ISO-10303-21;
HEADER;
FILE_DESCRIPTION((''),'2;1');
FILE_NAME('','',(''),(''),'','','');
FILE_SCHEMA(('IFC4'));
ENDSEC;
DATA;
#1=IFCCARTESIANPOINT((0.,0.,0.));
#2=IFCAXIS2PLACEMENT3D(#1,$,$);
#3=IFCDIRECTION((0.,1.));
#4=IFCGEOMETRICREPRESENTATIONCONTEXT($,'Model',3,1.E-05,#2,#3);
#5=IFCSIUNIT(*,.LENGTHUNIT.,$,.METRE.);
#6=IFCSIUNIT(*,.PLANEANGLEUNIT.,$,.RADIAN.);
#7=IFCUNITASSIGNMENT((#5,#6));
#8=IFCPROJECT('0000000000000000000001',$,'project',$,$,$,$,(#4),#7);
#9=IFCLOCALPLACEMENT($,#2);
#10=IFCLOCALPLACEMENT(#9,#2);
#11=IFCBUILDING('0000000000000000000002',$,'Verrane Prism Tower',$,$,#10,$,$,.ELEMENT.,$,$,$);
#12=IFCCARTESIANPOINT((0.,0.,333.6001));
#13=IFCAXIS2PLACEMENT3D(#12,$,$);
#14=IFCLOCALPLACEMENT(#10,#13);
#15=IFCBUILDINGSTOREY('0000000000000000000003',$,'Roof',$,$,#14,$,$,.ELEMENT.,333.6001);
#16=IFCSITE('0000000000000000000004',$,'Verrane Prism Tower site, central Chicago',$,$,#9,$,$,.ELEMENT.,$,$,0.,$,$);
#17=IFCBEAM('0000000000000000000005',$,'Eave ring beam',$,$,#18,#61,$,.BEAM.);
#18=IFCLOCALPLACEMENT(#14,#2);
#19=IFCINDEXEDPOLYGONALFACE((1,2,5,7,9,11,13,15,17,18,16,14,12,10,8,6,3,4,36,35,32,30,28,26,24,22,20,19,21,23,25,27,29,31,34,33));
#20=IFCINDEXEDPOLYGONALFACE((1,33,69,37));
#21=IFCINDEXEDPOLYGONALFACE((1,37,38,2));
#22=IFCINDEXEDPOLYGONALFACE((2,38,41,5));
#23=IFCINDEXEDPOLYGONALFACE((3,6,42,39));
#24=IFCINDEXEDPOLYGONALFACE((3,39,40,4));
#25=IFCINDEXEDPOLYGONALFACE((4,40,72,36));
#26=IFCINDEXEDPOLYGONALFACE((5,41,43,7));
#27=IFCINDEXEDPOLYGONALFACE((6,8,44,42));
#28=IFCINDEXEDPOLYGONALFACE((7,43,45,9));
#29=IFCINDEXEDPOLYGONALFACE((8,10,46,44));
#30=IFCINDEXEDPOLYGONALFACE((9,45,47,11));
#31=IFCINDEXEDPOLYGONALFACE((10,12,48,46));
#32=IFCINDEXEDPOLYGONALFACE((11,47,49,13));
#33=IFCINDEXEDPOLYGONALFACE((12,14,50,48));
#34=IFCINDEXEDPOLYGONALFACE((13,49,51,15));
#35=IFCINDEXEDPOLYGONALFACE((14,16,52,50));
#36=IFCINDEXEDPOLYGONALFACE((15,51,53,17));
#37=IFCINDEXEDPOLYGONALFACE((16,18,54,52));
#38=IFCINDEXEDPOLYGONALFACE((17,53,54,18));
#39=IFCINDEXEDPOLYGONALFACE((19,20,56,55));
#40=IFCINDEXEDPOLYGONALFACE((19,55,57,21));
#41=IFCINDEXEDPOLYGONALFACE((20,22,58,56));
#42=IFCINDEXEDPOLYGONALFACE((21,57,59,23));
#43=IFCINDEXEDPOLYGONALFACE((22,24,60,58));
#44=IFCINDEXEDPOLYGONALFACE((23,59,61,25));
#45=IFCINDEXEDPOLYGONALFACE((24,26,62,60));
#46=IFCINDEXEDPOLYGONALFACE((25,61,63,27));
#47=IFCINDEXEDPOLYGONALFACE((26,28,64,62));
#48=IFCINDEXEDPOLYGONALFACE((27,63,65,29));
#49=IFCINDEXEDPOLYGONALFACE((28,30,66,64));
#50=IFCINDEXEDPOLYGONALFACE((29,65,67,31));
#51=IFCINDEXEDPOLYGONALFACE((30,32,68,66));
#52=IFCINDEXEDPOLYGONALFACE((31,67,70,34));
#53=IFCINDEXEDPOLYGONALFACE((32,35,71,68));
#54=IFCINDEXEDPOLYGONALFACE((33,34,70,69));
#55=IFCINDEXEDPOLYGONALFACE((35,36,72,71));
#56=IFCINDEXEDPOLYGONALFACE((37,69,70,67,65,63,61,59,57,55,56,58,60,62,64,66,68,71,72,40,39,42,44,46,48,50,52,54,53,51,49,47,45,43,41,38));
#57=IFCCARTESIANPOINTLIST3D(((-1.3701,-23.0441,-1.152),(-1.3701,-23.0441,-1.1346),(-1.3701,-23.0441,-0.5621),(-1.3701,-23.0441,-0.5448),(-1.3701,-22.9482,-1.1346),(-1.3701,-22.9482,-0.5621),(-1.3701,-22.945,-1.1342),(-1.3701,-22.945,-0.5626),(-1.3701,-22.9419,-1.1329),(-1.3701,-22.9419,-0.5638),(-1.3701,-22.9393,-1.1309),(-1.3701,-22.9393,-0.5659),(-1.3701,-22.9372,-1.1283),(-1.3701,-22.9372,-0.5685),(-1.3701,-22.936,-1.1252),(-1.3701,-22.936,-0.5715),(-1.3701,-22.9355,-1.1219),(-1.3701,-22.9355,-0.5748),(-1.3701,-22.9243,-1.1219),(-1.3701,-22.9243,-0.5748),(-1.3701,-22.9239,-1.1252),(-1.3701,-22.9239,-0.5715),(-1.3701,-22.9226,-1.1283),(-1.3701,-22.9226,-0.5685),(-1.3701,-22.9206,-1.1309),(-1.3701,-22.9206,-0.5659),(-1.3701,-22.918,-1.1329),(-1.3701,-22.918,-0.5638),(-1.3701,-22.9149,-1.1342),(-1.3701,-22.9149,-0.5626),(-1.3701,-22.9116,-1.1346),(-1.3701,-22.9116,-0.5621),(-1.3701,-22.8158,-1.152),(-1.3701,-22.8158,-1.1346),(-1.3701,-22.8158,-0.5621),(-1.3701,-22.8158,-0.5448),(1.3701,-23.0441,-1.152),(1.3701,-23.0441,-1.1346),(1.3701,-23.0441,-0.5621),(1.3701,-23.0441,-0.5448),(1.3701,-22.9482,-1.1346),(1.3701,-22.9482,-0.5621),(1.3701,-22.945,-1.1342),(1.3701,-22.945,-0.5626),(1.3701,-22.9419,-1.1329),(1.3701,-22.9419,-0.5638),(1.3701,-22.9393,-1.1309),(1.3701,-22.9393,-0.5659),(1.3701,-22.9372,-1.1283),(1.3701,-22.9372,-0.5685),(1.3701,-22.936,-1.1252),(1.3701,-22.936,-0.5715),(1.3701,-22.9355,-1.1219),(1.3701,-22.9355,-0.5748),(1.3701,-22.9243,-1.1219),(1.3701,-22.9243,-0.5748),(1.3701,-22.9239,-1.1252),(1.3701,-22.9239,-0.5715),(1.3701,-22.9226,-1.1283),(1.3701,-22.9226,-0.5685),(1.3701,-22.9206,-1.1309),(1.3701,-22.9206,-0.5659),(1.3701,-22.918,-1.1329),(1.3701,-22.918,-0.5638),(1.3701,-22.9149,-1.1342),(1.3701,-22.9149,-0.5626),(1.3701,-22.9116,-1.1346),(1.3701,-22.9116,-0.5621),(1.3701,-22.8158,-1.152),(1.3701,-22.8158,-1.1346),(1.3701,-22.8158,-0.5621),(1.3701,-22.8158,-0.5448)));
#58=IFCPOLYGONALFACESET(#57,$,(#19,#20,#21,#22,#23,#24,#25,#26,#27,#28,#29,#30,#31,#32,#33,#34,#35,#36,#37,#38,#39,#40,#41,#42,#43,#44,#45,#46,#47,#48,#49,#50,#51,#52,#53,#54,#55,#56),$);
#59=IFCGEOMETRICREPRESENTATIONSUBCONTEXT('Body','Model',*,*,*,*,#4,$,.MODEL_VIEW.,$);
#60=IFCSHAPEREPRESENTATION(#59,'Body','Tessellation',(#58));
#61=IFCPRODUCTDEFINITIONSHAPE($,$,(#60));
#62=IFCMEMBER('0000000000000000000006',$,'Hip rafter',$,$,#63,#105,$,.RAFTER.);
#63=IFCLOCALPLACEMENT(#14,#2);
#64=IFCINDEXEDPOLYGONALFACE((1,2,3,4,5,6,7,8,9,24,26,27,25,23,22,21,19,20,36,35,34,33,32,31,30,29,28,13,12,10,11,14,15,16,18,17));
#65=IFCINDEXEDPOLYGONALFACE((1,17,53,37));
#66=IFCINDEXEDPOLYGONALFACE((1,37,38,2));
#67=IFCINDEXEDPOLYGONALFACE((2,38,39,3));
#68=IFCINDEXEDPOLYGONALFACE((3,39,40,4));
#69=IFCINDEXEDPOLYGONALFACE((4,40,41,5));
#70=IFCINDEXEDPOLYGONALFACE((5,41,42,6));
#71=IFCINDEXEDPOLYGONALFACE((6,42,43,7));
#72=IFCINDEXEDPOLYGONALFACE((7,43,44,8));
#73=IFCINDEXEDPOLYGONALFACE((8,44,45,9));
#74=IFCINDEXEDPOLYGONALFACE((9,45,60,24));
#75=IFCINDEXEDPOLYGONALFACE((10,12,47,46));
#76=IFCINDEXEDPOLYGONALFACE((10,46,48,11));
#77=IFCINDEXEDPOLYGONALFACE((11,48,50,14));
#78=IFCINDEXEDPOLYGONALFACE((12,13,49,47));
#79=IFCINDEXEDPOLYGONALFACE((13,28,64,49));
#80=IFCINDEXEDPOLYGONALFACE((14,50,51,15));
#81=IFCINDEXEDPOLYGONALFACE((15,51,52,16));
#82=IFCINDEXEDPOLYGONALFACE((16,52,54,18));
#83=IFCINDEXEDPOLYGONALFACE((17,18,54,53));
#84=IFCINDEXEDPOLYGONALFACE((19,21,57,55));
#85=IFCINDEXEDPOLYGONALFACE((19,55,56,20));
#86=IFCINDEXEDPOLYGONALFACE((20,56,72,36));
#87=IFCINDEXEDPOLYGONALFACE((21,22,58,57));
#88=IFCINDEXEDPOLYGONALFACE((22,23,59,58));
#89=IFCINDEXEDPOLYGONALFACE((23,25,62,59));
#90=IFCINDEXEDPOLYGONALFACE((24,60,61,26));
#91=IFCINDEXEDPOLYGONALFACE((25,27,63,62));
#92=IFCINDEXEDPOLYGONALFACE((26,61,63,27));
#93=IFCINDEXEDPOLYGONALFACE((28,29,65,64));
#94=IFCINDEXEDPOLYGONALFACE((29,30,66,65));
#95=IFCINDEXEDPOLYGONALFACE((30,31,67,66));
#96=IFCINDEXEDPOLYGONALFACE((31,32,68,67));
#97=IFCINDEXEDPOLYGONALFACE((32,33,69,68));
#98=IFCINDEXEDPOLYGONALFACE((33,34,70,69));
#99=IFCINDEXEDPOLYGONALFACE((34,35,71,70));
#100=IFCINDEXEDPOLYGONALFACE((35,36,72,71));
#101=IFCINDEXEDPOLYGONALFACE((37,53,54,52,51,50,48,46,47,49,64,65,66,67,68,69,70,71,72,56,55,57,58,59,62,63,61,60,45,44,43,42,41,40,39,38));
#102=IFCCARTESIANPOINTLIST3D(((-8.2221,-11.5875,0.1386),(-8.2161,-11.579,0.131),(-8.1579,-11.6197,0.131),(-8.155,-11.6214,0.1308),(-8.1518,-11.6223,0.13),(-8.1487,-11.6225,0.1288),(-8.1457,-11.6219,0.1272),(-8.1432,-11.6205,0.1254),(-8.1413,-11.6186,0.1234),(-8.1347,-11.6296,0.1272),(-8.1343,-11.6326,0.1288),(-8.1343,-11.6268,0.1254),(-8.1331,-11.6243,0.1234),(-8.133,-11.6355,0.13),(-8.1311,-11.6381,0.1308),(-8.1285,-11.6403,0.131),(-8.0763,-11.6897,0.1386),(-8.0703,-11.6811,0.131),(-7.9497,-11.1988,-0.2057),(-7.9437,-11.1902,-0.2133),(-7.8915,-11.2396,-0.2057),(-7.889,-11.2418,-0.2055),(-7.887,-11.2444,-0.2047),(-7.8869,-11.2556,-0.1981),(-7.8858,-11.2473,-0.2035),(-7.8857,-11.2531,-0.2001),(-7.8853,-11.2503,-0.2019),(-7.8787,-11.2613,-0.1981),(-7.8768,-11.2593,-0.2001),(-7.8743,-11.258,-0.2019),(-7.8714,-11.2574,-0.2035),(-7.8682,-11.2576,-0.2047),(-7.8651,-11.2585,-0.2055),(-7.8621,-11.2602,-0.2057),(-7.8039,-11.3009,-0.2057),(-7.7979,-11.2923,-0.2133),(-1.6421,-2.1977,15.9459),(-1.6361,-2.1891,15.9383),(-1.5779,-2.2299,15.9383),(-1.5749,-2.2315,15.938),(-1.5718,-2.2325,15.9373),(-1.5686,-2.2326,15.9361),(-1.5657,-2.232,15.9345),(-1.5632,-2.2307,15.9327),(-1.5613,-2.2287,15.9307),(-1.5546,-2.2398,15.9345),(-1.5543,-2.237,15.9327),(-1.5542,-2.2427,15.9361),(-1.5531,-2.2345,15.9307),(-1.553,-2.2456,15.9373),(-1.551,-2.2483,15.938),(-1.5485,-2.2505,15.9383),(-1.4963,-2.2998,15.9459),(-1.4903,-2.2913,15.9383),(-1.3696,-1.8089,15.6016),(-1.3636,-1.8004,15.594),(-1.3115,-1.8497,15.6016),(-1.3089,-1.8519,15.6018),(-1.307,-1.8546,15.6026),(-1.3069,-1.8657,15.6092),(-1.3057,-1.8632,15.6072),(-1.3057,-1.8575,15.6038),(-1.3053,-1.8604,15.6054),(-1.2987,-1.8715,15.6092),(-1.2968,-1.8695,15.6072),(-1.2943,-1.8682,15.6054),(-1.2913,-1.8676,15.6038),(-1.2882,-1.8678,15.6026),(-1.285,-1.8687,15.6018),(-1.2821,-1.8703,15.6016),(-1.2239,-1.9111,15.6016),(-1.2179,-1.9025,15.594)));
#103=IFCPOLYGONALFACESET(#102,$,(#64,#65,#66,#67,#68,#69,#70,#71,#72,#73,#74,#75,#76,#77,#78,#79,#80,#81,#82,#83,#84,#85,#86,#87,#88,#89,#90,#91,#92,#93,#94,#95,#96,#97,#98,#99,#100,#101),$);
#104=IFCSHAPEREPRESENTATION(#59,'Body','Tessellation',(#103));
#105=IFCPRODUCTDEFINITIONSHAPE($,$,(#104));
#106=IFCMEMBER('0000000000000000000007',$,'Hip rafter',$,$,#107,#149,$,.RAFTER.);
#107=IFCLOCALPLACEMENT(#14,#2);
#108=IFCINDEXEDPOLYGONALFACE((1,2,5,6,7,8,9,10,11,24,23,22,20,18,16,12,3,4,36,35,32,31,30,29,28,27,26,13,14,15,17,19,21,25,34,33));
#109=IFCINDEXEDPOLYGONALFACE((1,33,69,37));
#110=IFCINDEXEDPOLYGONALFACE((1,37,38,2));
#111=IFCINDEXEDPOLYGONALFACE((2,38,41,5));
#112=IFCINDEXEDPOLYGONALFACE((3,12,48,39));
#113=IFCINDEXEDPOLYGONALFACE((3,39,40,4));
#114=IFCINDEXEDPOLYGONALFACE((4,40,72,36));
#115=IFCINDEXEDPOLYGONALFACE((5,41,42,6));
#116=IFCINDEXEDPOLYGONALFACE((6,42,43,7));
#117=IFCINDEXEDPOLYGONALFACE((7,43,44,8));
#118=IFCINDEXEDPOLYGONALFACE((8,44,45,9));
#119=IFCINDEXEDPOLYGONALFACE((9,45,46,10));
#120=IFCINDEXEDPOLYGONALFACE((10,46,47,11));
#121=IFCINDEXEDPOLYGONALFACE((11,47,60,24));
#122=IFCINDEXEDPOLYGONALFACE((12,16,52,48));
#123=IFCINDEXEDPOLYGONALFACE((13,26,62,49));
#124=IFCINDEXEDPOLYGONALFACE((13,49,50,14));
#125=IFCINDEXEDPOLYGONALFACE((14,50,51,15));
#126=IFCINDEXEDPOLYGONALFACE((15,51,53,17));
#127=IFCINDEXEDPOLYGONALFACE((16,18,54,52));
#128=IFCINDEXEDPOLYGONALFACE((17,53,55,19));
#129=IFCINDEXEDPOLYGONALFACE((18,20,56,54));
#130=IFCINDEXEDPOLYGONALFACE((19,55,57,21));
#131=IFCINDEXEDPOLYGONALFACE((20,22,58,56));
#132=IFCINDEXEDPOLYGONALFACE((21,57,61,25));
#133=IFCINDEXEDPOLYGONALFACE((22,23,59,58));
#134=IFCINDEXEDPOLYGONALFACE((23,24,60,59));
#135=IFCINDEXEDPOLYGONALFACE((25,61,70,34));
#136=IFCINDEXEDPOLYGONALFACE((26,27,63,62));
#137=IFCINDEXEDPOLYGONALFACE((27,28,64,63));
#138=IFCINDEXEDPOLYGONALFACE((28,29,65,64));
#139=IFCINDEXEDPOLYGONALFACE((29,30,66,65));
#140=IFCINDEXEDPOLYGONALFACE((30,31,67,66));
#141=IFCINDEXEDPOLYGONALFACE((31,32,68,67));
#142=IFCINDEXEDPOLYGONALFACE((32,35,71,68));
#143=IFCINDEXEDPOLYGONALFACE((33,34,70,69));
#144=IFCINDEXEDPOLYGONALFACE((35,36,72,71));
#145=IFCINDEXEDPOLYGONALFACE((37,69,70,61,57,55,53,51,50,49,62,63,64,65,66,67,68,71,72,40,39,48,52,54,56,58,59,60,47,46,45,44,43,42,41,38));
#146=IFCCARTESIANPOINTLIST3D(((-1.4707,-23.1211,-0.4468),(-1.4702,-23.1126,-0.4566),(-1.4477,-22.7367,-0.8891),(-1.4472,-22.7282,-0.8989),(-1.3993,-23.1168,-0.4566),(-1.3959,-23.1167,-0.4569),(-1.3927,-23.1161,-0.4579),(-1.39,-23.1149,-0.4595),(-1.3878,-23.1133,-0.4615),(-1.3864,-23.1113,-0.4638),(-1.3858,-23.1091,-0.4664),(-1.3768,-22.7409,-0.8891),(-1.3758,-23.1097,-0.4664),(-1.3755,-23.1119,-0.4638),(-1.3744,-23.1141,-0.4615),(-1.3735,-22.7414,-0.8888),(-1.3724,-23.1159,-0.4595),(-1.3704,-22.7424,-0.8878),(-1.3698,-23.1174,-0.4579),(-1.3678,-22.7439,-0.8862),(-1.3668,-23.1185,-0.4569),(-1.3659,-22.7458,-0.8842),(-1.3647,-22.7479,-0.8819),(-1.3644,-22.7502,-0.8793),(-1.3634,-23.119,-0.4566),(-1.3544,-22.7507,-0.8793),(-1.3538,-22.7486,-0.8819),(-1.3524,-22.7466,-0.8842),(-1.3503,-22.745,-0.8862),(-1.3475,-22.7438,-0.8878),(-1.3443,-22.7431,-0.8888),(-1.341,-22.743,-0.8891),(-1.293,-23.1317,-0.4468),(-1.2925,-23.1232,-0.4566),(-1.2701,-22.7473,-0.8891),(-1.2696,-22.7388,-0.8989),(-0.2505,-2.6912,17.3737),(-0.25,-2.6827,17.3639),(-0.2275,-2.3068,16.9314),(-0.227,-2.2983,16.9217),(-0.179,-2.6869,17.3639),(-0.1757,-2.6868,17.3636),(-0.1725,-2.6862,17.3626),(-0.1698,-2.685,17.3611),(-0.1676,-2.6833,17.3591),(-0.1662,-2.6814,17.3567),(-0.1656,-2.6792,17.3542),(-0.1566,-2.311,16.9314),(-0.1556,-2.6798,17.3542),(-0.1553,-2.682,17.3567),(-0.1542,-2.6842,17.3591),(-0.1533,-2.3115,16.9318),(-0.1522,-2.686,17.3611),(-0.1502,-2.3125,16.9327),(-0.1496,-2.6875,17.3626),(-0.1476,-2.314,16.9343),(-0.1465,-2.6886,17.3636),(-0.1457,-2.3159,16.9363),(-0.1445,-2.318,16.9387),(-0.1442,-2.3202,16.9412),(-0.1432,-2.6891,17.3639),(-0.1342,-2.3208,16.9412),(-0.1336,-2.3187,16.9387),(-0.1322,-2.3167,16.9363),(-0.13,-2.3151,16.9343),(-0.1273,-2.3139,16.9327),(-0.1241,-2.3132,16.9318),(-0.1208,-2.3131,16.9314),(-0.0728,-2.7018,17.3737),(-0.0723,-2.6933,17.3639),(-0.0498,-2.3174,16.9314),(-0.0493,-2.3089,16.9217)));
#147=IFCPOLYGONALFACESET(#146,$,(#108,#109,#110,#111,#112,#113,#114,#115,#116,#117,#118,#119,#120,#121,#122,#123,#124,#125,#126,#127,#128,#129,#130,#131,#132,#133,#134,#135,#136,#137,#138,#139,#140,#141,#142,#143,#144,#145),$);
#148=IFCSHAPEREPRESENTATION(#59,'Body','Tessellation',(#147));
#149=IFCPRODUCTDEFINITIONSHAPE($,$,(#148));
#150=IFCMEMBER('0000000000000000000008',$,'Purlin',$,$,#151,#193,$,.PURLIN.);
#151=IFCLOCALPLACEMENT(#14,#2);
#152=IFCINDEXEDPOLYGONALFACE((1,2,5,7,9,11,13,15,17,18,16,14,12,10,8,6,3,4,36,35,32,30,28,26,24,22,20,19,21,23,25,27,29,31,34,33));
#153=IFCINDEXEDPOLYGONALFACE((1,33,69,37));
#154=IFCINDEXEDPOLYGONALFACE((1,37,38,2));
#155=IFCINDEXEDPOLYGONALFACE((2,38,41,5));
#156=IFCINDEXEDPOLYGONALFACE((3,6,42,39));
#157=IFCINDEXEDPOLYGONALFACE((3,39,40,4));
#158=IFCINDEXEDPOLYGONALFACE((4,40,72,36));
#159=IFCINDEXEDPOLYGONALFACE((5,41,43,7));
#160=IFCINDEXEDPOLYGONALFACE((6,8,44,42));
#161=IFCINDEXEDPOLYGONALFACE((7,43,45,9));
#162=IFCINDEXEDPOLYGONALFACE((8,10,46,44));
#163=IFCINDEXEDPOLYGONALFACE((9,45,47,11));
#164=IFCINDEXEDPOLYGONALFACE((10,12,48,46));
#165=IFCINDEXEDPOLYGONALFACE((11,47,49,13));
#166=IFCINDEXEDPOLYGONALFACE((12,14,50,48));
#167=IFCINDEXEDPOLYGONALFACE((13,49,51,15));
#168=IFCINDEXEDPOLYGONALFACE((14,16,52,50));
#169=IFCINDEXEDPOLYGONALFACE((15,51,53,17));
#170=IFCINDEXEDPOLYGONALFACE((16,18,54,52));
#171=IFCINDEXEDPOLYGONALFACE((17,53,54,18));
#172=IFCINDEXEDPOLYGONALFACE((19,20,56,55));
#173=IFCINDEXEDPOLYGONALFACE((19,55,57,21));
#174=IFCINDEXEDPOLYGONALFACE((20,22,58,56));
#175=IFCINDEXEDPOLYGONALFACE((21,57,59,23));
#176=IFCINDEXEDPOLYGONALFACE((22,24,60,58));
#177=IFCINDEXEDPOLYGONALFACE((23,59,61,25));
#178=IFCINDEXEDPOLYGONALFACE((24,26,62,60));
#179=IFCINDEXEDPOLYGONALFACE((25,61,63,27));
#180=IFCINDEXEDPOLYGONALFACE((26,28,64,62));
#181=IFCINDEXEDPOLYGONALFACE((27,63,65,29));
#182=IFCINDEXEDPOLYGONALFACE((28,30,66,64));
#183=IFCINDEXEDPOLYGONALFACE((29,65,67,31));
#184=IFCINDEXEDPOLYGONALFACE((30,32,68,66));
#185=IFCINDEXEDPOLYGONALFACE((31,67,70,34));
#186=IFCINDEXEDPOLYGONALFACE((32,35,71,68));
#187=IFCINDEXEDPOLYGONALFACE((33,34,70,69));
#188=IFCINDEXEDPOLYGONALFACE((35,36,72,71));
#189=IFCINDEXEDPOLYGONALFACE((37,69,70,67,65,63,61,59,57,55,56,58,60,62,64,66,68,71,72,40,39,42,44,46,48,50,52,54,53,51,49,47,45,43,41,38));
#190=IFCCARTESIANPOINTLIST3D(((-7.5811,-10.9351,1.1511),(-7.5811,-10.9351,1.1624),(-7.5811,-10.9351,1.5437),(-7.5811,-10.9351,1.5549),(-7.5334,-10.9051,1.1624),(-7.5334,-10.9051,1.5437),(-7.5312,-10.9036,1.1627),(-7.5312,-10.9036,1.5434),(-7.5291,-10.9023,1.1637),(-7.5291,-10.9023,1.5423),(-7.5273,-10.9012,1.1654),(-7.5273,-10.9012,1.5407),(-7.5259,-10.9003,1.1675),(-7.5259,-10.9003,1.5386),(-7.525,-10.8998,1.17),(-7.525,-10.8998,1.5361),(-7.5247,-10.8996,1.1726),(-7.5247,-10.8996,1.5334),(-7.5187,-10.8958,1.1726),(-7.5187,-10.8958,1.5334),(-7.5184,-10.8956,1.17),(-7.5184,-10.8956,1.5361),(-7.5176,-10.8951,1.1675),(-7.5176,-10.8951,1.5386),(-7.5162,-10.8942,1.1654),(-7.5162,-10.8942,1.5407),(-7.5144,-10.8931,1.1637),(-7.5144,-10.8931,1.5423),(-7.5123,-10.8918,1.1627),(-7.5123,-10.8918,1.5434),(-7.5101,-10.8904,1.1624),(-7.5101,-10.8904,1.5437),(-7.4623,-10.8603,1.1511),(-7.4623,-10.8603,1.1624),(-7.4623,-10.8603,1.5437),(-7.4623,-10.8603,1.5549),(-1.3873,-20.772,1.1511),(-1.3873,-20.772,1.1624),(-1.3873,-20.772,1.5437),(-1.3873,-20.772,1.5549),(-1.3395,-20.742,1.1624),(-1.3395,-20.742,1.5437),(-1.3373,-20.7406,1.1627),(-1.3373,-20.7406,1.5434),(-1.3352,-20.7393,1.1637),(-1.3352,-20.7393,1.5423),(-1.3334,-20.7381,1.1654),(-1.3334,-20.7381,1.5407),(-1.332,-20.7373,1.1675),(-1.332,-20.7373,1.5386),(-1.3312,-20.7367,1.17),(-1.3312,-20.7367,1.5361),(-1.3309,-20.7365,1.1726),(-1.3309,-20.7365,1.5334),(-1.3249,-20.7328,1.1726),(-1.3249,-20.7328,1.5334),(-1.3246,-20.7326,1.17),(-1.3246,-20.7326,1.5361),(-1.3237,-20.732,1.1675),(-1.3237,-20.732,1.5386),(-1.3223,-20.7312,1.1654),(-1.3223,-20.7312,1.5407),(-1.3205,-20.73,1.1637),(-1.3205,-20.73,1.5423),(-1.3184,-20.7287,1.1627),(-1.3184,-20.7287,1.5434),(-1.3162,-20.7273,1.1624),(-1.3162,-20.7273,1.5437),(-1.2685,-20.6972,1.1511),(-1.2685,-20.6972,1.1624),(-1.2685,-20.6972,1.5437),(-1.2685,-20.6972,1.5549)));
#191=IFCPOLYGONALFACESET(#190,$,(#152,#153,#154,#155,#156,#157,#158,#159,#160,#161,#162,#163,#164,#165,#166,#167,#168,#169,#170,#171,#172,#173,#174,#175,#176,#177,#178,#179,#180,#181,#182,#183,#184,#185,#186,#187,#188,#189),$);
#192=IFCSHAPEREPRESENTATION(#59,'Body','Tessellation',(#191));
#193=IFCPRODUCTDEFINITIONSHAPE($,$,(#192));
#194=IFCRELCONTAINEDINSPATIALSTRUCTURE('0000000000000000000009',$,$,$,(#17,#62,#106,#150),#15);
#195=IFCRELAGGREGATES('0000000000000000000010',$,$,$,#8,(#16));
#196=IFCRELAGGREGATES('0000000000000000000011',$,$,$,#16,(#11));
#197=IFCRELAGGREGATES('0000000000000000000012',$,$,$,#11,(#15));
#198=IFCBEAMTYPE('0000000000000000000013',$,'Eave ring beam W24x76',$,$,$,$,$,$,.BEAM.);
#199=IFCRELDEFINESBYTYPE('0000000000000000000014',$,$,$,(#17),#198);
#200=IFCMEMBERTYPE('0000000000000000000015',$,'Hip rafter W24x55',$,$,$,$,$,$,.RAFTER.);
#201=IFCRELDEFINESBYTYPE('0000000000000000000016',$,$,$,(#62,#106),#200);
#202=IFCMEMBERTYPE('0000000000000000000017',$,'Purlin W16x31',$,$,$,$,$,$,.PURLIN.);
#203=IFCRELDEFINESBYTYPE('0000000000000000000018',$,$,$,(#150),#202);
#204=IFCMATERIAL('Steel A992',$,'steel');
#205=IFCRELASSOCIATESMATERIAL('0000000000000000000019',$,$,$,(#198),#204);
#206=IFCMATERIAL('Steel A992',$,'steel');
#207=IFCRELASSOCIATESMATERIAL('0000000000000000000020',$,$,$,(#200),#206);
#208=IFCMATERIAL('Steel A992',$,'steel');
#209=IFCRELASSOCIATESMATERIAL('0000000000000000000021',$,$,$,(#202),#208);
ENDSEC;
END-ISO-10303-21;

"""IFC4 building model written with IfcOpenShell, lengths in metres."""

from ifc_helpers import new_model, si_unit, direction, frame, origin, origin_2d, place, context, subcontext, project, spatial, i_section, extrude, material, material_profile, profile_set, type_object, element, save


model = new_model("IFC4")

# Units and contexts
model_context = context("Model", 3, precision=1e-05, world=origin(), true_north=direction((0.0, 1.0)))
body_context = subcontext(model_context, "Body", "Model", "MODEL_VIEW")
ifc_project = project(units=[si_unit("LENGTHUNIT", "METRE"), si_unit("PLANEANGLEUNIT", "RADIAN")], contexts=[model_context])

# Site, building, storey
site_placement = place(None, origin())
site = spatial("IfcSite", under=ifc_project, at=site_placement, Name="Verrane Prism Tower site, central Chicago", CompositionType="ELEMENT", RefElevation=0.0)
building_placement = place(site_placement, origin())
building = spatial("IfcBuilding", under=site, at=building_placement, Name="Verrane Prism Tower", CompositionType="ELEMENT")
storey_placement = place(building_placement, frame((0.0, 0.0, 333.6001)))
storey = spatial("IfcBuildingStorey", under=building, at=storey_placement, Name="Roof", CompositionType="ELEMENT", Elevation=333.6001)

# Beam
ifc_material_1 = material(Name="Steel A992", Category="steel")
ifc_material_profile_1 = material_profile(ifc_material_1, i_section(OverallWidth=0.2283, OverallDepth=0.6072, WebThickness=0.0112, FlangeThickness=0.0173, FilletRadius=0.0127, at=origin_2d()), Name="W24x76")
ifc_profile_set_1 = profile_set([ifc_material_profile_1], Name="Steel A992")
beam_type = type_object("IfcBeamType", Name="Eave ring beam W24x76", PredefinedType="BEAM", material=ifc_profile_set_1)
beam_1_placement = place(storey_placement, frame((-1.3701, -22.9299, -0.8484), z_axis=(1.0, 0.0, 0.0), x_axis=(0.0, 1.0, 0.0)))
element("IfcBeam", 1, at=beam_1_placement, inside=storey, type_object=beam_type, Name="Eave ring beam", PredefinedType="BEAM", context=body_context, shape_type="SweptSolid", body=[
    extrude(i_section(OverallWidth=0.2283, OverallDepth=0.6072, WebThickness=0.0112, FlangeThickness=0.0173, FilletRadius=0.0127, at=origin_2d()), origin(), (0.0, 0.0, 1.0), 2.7402),
])

# Members
ifc_material_2 = material(Name="Steel A992", Category="steel")
ifc_material_profile_2 = material_profile(ifc_material_2, i_section(OverallWidth=0.178, OverallDepth=0.5994, WebThickness=0.01, FlangeThickness=0.0129, FilletRadius=0.0129, at=origin_2d()), Name="W24x55")
ifc_profile_set_2 = profile_set([ifc_material_profile_2], Name="Steel A992")
member_type_1 = type_object("IfcMemberType", Name="Hip rafter W24x55", PredefinedType="RAFTER", material=ifc_profile_set_2)
member_1_placement = place(storey_placement, frame((-8.01, -11.4399, -0.0374), z_axis=(0.336957, 0.480844, 0.809475), x_axis=(-0.818939, 0.573881, 0.0)))
element("IfcMember", 2, at=member_1_placement, inside=storey, type_object=member_type_1, Name="Hip rafter", PredefinedType="RAFTER", context=body_context, shape_type="SweptSolid", body=[
    extrude(i_section(OverallWidth=0.178, OverallDepth=0.5994, WebThickness=0.01, FlangeThickness=0.0129, FilletRadius=0.0129, at=origin_2d()), origin(), (0.0, 0.0, 1.0), 19.5278),
])
member_2_placement = place(storey_placement, frame((-1.3701, -22.9299, -0.6729), z_axis=(0.044964, 0.752831, 0.656677), x_axis=(-0.998221, 0.059621, 0.0)))
element("IfcMember", 3, at=member_2_placement, inside=storey, type_object=member_type_1, Name="Hip rafter", PredefinedType="RAFTER", context=body_context, shape_type="SweptSolid", body=[
    extrude(i_section(OverallWidth=0.178, OverallDepth=0.5994, WebThickness=0.01, FlangeThickness=0.0129, FilletRadius=0.0129, at=origin_2d()), origin(), (0.0, 0.0, 1.0), 27.1375),
])
ifc_material_3 = material(Name="Steel A992", Category="steel")
ifc_material_profile_3 = material_profile(ifc_material_3, i_section(OverallWidth=0.1404, OverallDepth=0.4038, WebThickness=0.0071, FlangeThickness=0.0112, FilletRadius=0.0103, at=origin_2d()), Name="W16x31")
ifc_profile_set_3 = profile_set([ifc_material_profile_3], Name="Steel A992")
member_type_2 = type_object("IfcMemberType", Name="Purlin W16x31", PredefinedType="PURLIN", material=ifc_profile_set_3)
member_3_placement = place(storey_placement, frame((-7.5217, -10.8977, 1.353), z_axis=(0.532828, -0.846224, 0.0), x_axis=(0.846224, 0.532828, 0.0)))
element("IfcMember", 4, at=member_3_placement, inside=storey, type_object=member_type_2, Name="Purlin", PredefinedType="PURLIN", context=body_context, shape_type="SweptSolid", body=[
    extrude(i_section(OverallWidth=0.1404, OverallDepth=0.4038, WebThickness=0.0071, FlangeThickness=0.0112, FilletRadius=0.0103, at=origin_2d()), origin(), (0.0, 0.0, 1.0), 11.6245),
])

save(model, "model.ifc")
